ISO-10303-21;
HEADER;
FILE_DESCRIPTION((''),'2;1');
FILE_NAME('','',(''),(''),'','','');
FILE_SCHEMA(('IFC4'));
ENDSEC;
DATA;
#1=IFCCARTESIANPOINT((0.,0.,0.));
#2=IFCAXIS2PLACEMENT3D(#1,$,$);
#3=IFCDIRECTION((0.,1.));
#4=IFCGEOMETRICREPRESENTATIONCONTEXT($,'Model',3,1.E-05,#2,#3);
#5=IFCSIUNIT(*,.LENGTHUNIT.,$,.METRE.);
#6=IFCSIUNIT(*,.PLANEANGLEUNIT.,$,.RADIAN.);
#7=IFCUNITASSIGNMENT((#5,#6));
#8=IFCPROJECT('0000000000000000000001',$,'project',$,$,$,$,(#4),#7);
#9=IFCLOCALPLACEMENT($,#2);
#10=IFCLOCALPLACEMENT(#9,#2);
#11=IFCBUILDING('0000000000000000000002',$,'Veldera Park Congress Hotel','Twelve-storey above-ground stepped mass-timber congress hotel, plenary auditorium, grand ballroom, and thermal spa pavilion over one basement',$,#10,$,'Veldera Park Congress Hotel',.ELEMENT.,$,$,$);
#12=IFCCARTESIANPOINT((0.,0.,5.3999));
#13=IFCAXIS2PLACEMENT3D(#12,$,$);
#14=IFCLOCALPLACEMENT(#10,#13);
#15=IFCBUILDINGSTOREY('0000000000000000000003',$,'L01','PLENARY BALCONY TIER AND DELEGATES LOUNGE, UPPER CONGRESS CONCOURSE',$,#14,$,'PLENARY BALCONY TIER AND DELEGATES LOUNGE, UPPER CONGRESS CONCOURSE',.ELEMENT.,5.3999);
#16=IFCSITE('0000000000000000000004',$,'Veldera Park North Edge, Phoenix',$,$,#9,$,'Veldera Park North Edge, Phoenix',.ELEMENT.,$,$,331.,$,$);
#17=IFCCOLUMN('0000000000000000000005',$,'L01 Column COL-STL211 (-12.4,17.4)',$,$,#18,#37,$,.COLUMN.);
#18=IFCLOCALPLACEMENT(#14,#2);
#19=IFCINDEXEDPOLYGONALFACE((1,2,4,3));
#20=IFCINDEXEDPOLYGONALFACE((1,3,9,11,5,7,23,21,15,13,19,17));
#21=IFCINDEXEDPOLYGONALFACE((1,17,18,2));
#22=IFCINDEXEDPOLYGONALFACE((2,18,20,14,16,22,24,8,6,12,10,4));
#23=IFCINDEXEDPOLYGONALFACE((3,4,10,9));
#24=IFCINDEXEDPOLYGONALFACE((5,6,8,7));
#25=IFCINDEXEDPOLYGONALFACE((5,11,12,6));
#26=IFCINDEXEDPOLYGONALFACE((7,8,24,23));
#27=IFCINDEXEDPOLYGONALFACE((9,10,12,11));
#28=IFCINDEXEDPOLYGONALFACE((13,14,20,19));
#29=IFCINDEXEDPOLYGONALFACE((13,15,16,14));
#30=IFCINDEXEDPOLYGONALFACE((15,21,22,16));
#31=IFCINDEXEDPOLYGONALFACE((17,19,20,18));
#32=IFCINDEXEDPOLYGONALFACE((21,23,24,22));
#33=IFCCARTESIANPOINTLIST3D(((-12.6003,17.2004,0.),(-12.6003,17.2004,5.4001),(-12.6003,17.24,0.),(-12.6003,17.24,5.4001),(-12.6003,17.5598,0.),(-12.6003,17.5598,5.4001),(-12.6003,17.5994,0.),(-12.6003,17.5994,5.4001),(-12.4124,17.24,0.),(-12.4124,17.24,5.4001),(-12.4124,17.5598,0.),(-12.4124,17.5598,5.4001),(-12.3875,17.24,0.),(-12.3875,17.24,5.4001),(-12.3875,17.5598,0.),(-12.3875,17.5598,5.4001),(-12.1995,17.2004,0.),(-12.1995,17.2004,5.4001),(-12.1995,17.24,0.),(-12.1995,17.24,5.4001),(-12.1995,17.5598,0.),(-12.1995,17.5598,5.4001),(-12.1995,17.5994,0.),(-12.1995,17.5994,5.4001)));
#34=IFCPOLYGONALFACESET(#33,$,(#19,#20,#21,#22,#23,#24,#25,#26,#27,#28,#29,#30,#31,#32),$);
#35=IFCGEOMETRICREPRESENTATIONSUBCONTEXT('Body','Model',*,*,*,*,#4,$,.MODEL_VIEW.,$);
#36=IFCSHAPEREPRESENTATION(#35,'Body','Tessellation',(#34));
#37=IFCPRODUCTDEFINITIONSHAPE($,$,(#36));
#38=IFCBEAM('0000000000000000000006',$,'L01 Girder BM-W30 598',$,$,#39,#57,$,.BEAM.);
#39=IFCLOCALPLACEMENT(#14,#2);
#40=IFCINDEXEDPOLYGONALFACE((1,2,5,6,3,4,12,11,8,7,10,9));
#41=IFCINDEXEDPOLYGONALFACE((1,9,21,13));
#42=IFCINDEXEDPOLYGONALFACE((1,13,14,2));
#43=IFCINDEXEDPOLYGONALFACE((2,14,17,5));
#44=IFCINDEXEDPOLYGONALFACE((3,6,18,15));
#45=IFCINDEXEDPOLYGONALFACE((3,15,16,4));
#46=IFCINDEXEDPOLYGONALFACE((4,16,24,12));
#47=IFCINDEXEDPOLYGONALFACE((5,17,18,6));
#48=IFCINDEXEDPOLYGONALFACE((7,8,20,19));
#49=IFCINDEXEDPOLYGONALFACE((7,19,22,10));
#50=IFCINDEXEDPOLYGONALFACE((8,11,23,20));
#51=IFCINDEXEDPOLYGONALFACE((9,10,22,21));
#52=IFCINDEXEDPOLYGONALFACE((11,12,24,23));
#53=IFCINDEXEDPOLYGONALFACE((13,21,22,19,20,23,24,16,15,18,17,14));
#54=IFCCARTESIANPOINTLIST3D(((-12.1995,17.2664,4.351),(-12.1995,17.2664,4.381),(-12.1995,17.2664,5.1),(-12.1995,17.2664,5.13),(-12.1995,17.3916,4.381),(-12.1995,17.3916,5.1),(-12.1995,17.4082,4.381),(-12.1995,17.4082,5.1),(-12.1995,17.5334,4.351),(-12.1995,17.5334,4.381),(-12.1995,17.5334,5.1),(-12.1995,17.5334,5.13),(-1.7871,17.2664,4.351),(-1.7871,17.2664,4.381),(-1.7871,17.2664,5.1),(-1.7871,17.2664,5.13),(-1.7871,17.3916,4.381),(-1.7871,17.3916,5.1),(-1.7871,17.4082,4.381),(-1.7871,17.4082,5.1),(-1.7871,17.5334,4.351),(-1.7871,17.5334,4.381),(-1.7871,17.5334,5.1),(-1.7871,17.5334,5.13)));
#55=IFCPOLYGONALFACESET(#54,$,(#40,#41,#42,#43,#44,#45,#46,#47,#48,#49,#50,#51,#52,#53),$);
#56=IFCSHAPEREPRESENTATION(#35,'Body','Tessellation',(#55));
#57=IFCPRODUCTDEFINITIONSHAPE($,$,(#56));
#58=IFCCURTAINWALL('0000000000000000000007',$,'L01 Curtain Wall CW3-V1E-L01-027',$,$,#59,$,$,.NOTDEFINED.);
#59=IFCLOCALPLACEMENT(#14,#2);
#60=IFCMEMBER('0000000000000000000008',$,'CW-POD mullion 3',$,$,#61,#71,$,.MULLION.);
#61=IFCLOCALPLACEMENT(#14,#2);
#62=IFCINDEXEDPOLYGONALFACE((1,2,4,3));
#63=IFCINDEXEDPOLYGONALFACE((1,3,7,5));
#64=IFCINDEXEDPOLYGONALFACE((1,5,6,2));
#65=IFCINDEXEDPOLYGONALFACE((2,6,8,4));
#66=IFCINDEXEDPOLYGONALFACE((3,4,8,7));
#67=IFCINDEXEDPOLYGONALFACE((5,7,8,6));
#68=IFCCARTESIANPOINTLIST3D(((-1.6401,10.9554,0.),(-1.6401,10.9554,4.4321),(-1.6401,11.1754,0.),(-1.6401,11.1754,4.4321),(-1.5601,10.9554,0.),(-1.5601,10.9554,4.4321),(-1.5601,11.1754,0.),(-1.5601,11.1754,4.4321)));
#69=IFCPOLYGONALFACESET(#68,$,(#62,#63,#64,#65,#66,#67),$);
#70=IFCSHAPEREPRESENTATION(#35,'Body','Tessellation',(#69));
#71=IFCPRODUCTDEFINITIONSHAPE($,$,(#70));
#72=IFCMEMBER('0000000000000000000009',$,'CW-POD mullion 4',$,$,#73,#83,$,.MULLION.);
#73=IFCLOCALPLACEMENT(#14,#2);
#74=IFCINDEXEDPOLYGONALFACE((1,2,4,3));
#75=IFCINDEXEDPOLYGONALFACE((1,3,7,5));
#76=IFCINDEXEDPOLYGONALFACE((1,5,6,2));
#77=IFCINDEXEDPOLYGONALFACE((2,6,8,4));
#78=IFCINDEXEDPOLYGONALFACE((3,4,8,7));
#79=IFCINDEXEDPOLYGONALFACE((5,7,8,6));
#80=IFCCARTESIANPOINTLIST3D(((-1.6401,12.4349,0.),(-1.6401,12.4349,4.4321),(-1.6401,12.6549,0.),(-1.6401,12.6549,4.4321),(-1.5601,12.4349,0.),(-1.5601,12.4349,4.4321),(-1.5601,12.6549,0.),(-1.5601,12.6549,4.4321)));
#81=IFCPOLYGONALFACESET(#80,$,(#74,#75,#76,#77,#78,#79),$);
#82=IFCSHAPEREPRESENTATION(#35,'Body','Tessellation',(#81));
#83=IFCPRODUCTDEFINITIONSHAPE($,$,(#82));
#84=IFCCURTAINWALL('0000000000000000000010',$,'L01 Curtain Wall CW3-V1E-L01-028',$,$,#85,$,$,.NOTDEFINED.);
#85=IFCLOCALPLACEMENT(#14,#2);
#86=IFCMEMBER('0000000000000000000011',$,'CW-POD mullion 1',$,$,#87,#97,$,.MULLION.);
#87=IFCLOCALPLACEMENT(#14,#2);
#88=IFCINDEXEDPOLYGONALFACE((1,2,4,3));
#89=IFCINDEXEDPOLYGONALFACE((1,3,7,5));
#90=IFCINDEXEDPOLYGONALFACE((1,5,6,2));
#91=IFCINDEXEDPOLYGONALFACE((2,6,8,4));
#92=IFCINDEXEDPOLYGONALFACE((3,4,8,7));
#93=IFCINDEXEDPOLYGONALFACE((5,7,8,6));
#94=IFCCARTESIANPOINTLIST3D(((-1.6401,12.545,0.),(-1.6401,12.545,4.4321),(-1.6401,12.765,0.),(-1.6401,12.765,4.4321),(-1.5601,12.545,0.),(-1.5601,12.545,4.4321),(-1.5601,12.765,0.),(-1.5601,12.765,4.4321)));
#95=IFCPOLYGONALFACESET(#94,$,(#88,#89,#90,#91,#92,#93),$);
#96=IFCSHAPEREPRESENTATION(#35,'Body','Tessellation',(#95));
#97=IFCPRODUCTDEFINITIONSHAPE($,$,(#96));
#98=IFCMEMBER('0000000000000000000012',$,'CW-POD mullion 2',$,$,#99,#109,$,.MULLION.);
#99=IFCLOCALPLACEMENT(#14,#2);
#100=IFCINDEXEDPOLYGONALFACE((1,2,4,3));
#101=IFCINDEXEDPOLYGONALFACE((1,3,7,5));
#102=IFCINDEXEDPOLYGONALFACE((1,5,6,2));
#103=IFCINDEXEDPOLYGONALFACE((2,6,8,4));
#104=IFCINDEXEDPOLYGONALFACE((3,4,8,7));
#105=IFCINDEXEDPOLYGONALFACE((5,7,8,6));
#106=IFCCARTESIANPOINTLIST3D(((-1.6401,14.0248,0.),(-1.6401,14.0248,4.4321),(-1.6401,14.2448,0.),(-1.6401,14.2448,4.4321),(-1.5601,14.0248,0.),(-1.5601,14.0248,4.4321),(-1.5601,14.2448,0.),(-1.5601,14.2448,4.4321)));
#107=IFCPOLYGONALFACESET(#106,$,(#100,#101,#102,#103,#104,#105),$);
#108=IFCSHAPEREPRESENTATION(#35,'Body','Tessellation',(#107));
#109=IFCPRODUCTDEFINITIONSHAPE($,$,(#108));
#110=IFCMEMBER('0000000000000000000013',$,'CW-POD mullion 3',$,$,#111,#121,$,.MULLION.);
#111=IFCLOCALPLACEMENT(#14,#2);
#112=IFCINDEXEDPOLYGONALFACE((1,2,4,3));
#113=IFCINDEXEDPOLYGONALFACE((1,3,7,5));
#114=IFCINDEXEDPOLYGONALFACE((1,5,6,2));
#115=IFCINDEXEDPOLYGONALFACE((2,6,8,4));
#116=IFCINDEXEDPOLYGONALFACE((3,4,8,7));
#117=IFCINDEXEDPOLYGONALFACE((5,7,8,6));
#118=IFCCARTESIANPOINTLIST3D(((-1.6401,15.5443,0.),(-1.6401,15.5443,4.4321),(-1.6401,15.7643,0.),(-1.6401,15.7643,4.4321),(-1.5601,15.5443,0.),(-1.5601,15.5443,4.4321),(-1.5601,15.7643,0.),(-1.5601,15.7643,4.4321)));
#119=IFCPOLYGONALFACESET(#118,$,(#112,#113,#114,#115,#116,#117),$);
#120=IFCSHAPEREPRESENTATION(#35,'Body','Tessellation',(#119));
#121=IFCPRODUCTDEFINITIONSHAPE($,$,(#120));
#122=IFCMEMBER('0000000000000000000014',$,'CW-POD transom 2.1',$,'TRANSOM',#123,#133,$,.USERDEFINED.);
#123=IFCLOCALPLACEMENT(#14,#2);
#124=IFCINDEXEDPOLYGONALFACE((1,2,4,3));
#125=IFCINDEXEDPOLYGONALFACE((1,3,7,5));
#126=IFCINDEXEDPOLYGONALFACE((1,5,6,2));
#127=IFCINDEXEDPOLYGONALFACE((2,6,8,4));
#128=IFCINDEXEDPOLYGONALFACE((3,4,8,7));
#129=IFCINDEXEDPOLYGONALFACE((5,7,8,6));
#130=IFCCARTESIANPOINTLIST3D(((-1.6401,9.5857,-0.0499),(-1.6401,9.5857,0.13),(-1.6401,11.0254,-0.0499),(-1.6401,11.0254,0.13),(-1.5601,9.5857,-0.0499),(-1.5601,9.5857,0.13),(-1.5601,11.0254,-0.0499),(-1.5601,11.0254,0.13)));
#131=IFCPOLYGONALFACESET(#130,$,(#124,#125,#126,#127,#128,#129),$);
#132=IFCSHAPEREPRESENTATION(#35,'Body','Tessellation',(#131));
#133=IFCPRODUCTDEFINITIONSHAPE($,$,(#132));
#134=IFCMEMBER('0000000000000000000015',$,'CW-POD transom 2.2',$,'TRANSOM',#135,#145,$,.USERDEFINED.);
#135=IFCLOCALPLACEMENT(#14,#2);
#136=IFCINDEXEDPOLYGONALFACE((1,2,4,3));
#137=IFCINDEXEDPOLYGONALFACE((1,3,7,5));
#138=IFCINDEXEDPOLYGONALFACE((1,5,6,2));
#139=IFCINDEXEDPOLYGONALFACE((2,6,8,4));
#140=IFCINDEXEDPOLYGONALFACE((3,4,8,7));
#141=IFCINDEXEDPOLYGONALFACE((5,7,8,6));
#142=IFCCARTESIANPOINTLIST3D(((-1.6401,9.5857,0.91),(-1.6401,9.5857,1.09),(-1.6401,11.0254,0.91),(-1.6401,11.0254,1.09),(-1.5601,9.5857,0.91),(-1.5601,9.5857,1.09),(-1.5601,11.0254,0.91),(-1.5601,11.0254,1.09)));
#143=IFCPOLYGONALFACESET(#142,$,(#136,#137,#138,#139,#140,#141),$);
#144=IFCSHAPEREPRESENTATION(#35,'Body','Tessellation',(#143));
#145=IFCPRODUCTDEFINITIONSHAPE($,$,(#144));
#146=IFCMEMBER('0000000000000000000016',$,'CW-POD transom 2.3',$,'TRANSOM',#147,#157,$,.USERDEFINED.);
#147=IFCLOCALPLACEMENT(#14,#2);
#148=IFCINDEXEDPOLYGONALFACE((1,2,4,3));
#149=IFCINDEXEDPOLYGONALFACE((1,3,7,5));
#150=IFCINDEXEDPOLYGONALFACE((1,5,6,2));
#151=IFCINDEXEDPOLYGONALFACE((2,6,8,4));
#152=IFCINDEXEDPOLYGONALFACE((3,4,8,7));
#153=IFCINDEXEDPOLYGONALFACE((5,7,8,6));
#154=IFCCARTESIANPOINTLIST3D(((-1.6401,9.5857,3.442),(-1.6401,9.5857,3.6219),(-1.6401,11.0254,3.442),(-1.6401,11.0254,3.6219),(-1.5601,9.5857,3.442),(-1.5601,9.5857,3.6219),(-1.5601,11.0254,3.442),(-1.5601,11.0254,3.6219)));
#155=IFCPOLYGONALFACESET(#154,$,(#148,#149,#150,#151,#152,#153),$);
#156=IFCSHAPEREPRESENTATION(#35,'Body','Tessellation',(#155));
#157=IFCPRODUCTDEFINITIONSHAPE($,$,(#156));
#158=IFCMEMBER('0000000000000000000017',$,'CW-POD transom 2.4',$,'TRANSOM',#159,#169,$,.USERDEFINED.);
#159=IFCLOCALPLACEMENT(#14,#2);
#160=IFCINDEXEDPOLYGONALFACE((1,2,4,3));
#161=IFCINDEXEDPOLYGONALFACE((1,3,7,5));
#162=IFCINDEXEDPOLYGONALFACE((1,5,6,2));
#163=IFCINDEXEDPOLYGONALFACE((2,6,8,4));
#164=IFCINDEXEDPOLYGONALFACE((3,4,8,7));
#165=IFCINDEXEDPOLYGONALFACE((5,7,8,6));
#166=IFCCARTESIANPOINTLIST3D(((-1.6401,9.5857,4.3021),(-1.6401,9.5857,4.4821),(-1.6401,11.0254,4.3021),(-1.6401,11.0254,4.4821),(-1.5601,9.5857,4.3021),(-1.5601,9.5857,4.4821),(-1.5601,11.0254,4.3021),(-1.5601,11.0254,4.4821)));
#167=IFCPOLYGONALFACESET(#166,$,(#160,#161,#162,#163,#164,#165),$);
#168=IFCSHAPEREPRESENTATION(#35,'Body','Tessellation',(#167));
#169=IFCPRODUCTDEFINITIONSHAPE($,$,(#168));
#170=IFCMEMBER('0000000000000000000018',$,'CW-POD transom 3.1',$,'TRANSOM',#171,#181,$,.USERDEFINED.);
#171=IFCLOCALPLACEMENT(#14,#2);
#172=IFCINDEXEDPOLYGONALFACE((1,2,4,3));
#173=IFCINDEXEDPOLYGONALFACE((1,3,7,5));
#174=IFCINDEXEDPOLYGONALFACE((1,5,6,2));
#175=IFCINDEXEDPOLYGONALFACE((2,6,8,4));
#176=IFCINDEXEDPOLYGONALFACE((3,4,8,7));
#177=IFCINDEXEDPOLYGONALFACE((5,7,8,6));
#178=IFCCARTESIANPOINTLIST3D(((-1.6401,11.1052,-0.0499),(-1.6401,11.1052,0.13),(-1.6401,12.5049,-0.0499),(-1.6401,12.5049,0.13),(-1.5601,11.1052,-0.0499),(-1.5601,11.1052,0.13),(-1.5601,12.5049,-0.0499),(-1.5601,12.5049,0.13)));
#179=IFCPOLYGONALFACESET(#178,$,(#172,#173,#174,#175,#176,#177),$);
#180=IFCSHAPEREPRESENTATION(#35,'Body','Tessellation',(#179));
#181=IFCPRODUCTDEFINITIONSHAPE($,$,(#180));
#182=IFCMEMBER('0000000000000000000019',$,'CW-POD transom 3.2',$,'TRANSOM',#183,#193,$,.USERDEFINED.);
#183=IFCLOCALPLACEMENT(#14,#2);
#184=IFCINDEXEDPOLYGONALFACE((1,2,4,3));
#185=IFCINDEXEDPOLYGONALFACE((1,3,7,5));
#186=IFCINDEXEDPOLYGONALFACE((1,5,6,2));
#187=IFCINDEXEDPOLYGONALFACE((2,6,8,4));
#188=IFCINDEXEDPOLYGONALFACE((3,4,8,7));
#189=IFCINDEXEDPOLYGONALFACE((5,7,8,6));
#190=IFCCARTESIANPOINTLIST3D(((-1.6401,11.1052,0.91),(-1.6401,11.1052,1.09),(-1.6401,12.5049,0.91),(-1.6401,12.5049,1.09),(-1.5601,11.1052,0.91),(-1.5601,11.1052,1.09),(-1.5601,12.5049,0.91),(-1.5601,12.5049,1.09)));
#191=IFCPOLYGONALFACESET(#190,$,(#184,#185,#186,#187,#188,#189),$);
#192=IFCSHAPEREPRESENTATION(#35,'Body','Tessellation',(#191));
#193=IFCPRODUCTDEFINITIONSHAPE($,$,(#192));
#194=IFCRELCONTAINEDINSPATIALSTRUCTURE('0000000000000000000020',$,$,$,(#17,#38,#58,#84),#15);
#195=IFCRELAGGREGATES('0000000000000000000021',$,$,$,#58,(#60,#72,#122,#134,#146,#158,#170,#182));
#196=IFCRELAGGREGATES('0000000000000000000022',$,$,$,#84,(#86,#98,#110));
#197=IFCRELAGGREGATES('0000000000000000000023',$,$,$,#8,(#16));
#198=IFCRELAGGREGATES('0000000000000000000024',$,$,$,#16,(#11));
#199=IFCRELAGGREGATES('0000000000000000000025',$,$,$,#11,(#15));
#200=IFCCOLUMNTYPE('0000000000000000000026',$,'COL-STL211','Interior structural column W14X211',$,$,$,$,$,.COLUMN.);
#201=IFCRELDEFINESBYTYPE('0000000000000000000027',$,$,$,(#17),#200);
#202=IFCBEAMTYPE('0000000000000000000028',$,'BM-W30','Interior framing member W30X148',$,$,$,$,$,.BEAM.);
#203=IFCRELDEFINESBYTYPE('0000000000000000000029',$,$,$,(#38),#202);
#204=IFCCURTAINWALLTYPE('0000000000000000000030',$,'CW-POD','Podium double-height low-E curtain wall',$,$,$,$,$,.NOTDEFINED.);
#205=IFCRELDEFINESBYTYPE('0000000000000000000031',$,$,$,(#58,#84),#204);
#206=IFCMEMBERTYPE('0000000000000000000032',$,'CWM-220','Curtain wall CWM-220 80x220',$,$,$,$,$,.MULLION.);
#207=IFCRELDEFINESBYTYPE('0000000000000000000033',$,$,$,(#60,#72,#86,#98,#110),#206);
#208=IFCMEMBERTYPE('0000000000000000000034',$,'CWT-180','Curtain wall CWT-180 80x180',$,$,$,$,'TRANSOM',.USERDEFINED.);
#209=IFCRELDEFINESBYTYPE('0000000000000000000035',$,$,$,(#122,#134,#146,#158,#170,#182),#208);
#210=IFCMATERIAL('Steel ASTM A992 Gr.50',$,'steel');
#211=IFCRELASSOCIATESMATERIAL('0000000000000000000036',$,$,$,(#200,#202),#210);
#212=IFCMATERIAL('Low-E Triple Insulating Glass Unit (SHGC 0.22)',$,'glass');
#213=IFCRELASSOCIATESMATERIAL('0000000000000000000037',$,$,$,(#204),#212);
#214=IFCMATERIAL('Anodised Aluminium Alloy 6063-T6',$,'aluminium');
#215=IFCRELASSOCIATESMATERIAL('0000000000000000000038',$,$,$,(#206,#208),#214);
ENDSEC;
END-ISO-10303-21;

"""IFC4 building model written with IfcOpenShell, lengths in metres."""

from ifc_helpers import new_model, si_unit, direction, frame, origin, origin_2d, place, context, subcontext, project, spatial, rectangle, i_section, extrude, material, material_profile, profile_set, type_object, element, aggregate, save


model = new_model("IFC4")

# Units and contexts
model_context = context("Model", 3, precision=1e-05, world=origin(), true_north=direction((0.0, 1.0)))
body_context = subcontext(model_context, "Body", "Model", "MODEL_VIEW")
ifc_project = project(units=[si_unit("LENGTHUNIT", "METRE"), si_unit("PLANEANGLEUNIT", "RADIAN")], contexts=[model_context])

# Site, building, storey
site_placement = place(None, origin())
site = spatial("IfcSite", under=ifc_project, at=site_placement, Name="Veldera Park North Edge, Phoenix", LongName="Veldera Park North Edge, Phoenix", CompositionType="ELEMENT", RefElevation=331.0)
building_placement = place(site_placement, origin())
building = spatial("IfcBuilding", under=site, at=building_placement, Name="Veldera Park Congress Hotel", Description="Twelve-storey above-ground stepped mass-timber congress hotel, plenary auditorium, grand ballroom, and thermal spa pavilion over one basement", LongName="Veldera Park Congress Hotel", CompositionType="ELEMENT")
storey_placement = place(building_placement, frame((0.0, 0.0, 5.3999)))
storey = spatial("IfcBuildingStorey", under=building, at=storey_placement, Name="L01", Description="PLENARY BALCONY TIER AND DELEGATES LOUNGE, UPPER CONGRESS CONCOURSE", LongName="PLENARY BALCONY TIER AND DELEGATES LOUNGE, UPPER CONGRESS CONCOURSE", CompositionType="ELEMENT", Elevation=5.3999)

# Column
ifc_material_1 = material(Name="Steel ASTM A992 Gr.50", Category="steel")
ifc_material_profile_1 = material_profile(ifc_material_1, i_section(OverallWidth=0.4009, OverallDepth=0.3989, WebThickness=0.0249, FlangeThickness=0.0396, at=origin_2d()), Name="W14X211")
ifc_profile_set_1 = profile_set([ifc_material_profile_1], Name="Steel ASTM A992 Gr.50")
column_type = type_object("IfcColumnType", Name="COL-STL211", Description="Interior structural column W14X211", PredefinedType="COLUMN", material=ifc_profile_set_1)
column_placement = place(storey_placement, frame((-12.3999, 17.3999, 0.0), z_axis=(0.0, 0.0, 1.0), x_axis=(1.0, 0.0, 0.0)))
element("IfcColumn", 1, at=column_placement, inside=storey, type_object=column_type, Name="L01 Column COL-STL211 (-12.4,17.4)", PredefinedType="COLUMN", context=body_context, shape_type="SweptSolid", body=[
    extrude(i_section(OverallWidth=0.4009, OverallDepth=0.3989, WebThickness=0.0249, FlangeThickness=0.0396, at=origin_2d()), origin(), (0.0, 0.0, 1.0), 5.4001),
])

# Beam
ifc_material_profile_2 = material_profile(ifc_material_1, i_section(OverallWidth=0.2671, OverallDepth=0.7791, WebThickness=0.0166, FlangeThickness=0.03, at=origin_2d()), Name="W30X148")
ifc_profile_set_2 = profile_set([ifc_material_profile_2], Name="Steel ASTM A992 Gr.50")
beam_type = type_object("IfcBeamType", Name="BM-W30", Description="Interior framing member W30X148", PredefinedType="BEAM", material=ifc_profile_set_2)
beam_placement = place(storey_placement, frame((-12.1995, 17.3999, 4.7405), z_axis=(1.0, 0.0, 0.0), x_axis=(0.0, 1.0, 0.0)))
element("IfcBeam", 2, at=beam_placement, inside=storey, type_object=beam_type, Name="L01 Girder BM-W30 598", PredefinedType="BEAM", context=body_context, shape_type="SweptSolid", body=[
    extrude(i_section(OverallWidth=0.2671, OverallDepth=0.7791, WebThickness=0.0166, FlangeThickness=0.03, at=origin_2d()), origin(), (0.0, 0.0, 1.0), 10.4124),
])

# Curtain walls, members
ifc_material_2 = material(Name="Low-E Triple Insulating Glass Unit (SHGC 0.22)", Category="glass")
curtain_wall_type = type_object("IfcCurtainWallType", Name="CW-POD", Description="Podium double-height low-E curtain wall", PredefinedType="NOTDEFINED", material=ifc_material_2)
curtain_wall_1_placement = place(storey_placement, origin())
curtain_wall_1 = element("IfcCurtainWall", 3, at=curtain_wall_1_placement, inside=storey, type_object=curtain_wall_type, Name="L01 Curtain Wall CW3-V1E-L01-027", PredefinedType="NOTDEFINED")
ifc_material_3 = material(Name="Anodised Aluminium Alloy 6063-T6", Category="aluminium")
ifc_material_profile_3 = material_profile(ifc_material_3, rectangle(XDim=0.0801, YDim=0.22, at=origin_2d()), Name="ALU 80x220")
ifc_profile_set_3 = profile_set([ifc_material_profile_3], Name="Anodised Aluminium Alloy 6063-T6")
member_type_1 = type_object("IfcMemberType", Name="CWM-220", Description="Curtain wall CWM-220 80x220", PredefinedType="MULLION", material=ifc_profile_set_3)
member_1_placement = place(storey_placement, frame((-1.6001, 11.0654, 0.0), z_axis=(0.0, 0.0, 1.0), x_axis=(-1.0, 0.0, 0.0)))
member_1 = element("IfcMember", 4, at=member_1_placement, type_object=member_type_1, Name="CW-POD mullion 3", PredefinedType="MULLION", context=body_context, shape_type="SweptSolid", body=[
    extrude(rectangle(XDim=0.0801, YDim=0.22, at=origin_2d()), origin(), (0.0, 0.0, 1.0), 4.4321),
])
member_2_placement = place(storey_placement, frame((-1.6001, 12.5449, 0.0), z_axis=(0.0, 0.0, 1.0), x_axis=(-1.0, 0.0, 0.0)))
member_2 = element("IfcMember", 5, at=member_2_placement, type_object=member_type_1, Name="CW-POD mullion 4", PredefinedType="MULLION", context=body_context, shape_type="SweptSolid", body=[
    extrude(rectangle(XDim=0.0801, YDim=0.22, at=origin_2d()), origin(), (0.0, 0.0, 1.0), 4.4321),
])
curtain_wall_2_placement = place(storey_placement, origin())
curtain_wall_2 = element("IfcCurtainWall", 6, at=curtain_wall_2_placement, inside=storey, type_object=curtain_wall_type, Name="L01 Curtain Wall CW3-V1E-L01-028", PredefinedType="NOTDEFINED")
member_3_placement = place(storey_placement, frame((-1.6001, 12.655, 0.0), z_axis=(0.0, 0.0, 1.0), x_axis=(-1.0, 0.0, 0.0)))
member_3 = element("IfcMember", 7, at=member_3_placement, type_object=member_type_1, Name="CW-POD mullion 1", PredefinedType="MULLION", context=body_context, shape_type="SweptSolid", body=[
    extrude(rectangle(XDim=0.0801, YDim=0.22, at=origin_2d()), origin(), (0.0, 0.0, 1.0), 4.4321),
])
member_4_placement = place(storey_placement, frame((-1.6001, 14.1348, 0.0), z_axis=(0.0, 0.0, 1.0), x_axis=(-1.0, 0.0, 0.0)))
member_4 = element("IfcMember", 8, at=member_4_placement, type_object=member_type_1, Name="CW-POD mullion 2", PredefinedType="MULLION", context=body_context, shape_type="SweptSolid", body=[
    extrude(rectangle(XDim=0.0801, YDim=0.22, at=origin_2d()), origin(), (0.0, 0.0, 1.0), 4.4321),
])
member_5_placement = place(storey_placement, frame((-1.6001, 15.6543, 0.0), z_axis=(0.0, 0.0, 1.0), x_axis=(-1.0, 0.0, 0.0)))
member_5 = element("IfcMember", 9, at=member_5_placement, type_object=member_type_1, Name="CW-POD mullion 3", PredefinedType="MULLION", context=body_context, shape_type="SweptSolid", body=[
    extrude(rectangle(XDim=0.0801, YDim=0.22, at=origin_2d()), origin(), (0.0, 0.0, 1.0), 4.4321),
])

# Members
ifc_material_profile_4 = material_profile(ifc_material_3, rectangle(XDim=0.0801, YDim=0.1799, at=origin_2d()), Name="ALU 80x180")
ifc_profile_set_4 = profile_set([ifc_material_profile_4], Name="Anodised Aluminium Alloy 6063-T6")
member_type_2 = type_object("IfcMemberType", Name="CWT-180", Description="Curtain wall CWT-180 80x180", ElementType="TRANSOM", PredefinedType="USERDEFINED", material=ifc_profile_set_4)
member_6_placement = place(storey_placement, frame((-1.6001, 9.5857, 0.04), z_axis=(0.0, 1.0, 0.0), x_axis=(-1.0, 0.0, 0.0)))
member_6 = element("IfcMember", 10, at=member_6_placement, type_object=member_type_2, Name="CW-POD transom 2.1", ObjectType="TRANSOM", PredefinedType="USERDEFINED", context=body_context, shape_type="SweptSolid", body=[
    extrude(rectangle(XDim=0.0801, YDim=0.1799, at=origin_2d()), origin(), (0.0, 0.0, 1.0), 1.4397),
])
member_7_placement = place(storey_placement, frame((-1.6001, 9.5857, 1.0), z_axis=(0.0, 1.0, 0.0), x_axis=(-1.0, 0.0, 0.0)))
member_7 = element("IfcMember", 11, at=member_7_placement, type_object=member_type_2, Name="CW-POD transom 2.2", ObjectType="TRANSOM", PredefinedType="USERDEFINED", context=body_context, shape_type="SweptSolid", body=[
    extrude(rectangle(XDim=0.0801, YDim=0.1799, at=origin_2d()), origin(), (0.0, 0.0, 1.0), 1.4397),
])
member_8_placement = place(storey_placement, frame((-1.6001, 9.5857, 3.532), z_axis=(0.0, 1.0, 0.0), x_axis=(-1.0, 0.0, 0.0)))
member_8 = element("IfcMember", 12, at=member_8_placement, type_object=member_type_2, Name="CW-POD transom 2.3", ObjectType="TRANSOM", PredefinedType="USERDEFINED", context=body_context, shape_type="SweptSolid", body=[
    extrude(rectangle(XDim=0.0801, YDim=0.1799, at=origin_2d()), origin(), (0.0, 0.0, 1.0), 1.4397),
])
member_9_placement = place(storey_placement, frame((-1.6001, 9.5857, 4.3921), z_axis=(0.0, 1.0, 0.0), x_axis=(-1.0, 0.0, 0.0)))
member_9 = element("IfcMember", 13, at=member_9_placement, type_object=member_type_2, Name="CW-POD transom 2.4", ObjectType="TRANSOM", PredefinedType="USERDEFINED", context=body_context, shape_type="SweptSolid", body=[
    extrude(rectangle(XDim=0.0801, YDim=0.1799, at=origin_2d()), origin(), (0.0, 0.0, 1.0), 1.4397),
])
member_10_placement = place(storey_placement, frame((-1.6001, 11.1052, 0.04), z_axis=(0.0, 1.0, 0.0), x_axis=(-1.0, 0.0, 0.0)))
member_10 = element("IfcMember", 14, at=member_10_placement, type_object=member_type_2, Name="CW-POD transom 3.1", ObjectType="TRANSOM", PredefinedType="USERDEFINED", context=body_context, shape_type="SweptSolid", body=[
    extrude(rectangle(XDim=0.0801, YDim=0.1799, at=origin_2d()), origin(), (0.0, 0.0, 1.0), 1.3997),
])
member_11_placement = place(storey_placement, frame((-1.6001, 11.1052, 1.0), z_axis=(0.0, 1.0, 0.0), x_axis=(-1.0, 0.0, 0.0)))
member_11 = element("IfcMember", 15, at=member_11_placement, type_object=member_type_2, Name="CW-POD transom 3.2", ObjectType="TRANSOM", PredefinedType="USERDEFINED", context=body_context, shape_type="SweptSolid", body=[
    extrude(rectangle(XDim=0.0801, YDim=0.1799, at=origin_2d()), origin(), (0.0, 0.0, 1.0), 1.3997),
])

aggregate(curtain_wall_1, [member_1, member_2, member_6, member_7, member_8, member_9, member_10, member_11])
aggregate(curtain_wall_2, [member_3, member_4, member_5])

save(model, "model.ifc")
